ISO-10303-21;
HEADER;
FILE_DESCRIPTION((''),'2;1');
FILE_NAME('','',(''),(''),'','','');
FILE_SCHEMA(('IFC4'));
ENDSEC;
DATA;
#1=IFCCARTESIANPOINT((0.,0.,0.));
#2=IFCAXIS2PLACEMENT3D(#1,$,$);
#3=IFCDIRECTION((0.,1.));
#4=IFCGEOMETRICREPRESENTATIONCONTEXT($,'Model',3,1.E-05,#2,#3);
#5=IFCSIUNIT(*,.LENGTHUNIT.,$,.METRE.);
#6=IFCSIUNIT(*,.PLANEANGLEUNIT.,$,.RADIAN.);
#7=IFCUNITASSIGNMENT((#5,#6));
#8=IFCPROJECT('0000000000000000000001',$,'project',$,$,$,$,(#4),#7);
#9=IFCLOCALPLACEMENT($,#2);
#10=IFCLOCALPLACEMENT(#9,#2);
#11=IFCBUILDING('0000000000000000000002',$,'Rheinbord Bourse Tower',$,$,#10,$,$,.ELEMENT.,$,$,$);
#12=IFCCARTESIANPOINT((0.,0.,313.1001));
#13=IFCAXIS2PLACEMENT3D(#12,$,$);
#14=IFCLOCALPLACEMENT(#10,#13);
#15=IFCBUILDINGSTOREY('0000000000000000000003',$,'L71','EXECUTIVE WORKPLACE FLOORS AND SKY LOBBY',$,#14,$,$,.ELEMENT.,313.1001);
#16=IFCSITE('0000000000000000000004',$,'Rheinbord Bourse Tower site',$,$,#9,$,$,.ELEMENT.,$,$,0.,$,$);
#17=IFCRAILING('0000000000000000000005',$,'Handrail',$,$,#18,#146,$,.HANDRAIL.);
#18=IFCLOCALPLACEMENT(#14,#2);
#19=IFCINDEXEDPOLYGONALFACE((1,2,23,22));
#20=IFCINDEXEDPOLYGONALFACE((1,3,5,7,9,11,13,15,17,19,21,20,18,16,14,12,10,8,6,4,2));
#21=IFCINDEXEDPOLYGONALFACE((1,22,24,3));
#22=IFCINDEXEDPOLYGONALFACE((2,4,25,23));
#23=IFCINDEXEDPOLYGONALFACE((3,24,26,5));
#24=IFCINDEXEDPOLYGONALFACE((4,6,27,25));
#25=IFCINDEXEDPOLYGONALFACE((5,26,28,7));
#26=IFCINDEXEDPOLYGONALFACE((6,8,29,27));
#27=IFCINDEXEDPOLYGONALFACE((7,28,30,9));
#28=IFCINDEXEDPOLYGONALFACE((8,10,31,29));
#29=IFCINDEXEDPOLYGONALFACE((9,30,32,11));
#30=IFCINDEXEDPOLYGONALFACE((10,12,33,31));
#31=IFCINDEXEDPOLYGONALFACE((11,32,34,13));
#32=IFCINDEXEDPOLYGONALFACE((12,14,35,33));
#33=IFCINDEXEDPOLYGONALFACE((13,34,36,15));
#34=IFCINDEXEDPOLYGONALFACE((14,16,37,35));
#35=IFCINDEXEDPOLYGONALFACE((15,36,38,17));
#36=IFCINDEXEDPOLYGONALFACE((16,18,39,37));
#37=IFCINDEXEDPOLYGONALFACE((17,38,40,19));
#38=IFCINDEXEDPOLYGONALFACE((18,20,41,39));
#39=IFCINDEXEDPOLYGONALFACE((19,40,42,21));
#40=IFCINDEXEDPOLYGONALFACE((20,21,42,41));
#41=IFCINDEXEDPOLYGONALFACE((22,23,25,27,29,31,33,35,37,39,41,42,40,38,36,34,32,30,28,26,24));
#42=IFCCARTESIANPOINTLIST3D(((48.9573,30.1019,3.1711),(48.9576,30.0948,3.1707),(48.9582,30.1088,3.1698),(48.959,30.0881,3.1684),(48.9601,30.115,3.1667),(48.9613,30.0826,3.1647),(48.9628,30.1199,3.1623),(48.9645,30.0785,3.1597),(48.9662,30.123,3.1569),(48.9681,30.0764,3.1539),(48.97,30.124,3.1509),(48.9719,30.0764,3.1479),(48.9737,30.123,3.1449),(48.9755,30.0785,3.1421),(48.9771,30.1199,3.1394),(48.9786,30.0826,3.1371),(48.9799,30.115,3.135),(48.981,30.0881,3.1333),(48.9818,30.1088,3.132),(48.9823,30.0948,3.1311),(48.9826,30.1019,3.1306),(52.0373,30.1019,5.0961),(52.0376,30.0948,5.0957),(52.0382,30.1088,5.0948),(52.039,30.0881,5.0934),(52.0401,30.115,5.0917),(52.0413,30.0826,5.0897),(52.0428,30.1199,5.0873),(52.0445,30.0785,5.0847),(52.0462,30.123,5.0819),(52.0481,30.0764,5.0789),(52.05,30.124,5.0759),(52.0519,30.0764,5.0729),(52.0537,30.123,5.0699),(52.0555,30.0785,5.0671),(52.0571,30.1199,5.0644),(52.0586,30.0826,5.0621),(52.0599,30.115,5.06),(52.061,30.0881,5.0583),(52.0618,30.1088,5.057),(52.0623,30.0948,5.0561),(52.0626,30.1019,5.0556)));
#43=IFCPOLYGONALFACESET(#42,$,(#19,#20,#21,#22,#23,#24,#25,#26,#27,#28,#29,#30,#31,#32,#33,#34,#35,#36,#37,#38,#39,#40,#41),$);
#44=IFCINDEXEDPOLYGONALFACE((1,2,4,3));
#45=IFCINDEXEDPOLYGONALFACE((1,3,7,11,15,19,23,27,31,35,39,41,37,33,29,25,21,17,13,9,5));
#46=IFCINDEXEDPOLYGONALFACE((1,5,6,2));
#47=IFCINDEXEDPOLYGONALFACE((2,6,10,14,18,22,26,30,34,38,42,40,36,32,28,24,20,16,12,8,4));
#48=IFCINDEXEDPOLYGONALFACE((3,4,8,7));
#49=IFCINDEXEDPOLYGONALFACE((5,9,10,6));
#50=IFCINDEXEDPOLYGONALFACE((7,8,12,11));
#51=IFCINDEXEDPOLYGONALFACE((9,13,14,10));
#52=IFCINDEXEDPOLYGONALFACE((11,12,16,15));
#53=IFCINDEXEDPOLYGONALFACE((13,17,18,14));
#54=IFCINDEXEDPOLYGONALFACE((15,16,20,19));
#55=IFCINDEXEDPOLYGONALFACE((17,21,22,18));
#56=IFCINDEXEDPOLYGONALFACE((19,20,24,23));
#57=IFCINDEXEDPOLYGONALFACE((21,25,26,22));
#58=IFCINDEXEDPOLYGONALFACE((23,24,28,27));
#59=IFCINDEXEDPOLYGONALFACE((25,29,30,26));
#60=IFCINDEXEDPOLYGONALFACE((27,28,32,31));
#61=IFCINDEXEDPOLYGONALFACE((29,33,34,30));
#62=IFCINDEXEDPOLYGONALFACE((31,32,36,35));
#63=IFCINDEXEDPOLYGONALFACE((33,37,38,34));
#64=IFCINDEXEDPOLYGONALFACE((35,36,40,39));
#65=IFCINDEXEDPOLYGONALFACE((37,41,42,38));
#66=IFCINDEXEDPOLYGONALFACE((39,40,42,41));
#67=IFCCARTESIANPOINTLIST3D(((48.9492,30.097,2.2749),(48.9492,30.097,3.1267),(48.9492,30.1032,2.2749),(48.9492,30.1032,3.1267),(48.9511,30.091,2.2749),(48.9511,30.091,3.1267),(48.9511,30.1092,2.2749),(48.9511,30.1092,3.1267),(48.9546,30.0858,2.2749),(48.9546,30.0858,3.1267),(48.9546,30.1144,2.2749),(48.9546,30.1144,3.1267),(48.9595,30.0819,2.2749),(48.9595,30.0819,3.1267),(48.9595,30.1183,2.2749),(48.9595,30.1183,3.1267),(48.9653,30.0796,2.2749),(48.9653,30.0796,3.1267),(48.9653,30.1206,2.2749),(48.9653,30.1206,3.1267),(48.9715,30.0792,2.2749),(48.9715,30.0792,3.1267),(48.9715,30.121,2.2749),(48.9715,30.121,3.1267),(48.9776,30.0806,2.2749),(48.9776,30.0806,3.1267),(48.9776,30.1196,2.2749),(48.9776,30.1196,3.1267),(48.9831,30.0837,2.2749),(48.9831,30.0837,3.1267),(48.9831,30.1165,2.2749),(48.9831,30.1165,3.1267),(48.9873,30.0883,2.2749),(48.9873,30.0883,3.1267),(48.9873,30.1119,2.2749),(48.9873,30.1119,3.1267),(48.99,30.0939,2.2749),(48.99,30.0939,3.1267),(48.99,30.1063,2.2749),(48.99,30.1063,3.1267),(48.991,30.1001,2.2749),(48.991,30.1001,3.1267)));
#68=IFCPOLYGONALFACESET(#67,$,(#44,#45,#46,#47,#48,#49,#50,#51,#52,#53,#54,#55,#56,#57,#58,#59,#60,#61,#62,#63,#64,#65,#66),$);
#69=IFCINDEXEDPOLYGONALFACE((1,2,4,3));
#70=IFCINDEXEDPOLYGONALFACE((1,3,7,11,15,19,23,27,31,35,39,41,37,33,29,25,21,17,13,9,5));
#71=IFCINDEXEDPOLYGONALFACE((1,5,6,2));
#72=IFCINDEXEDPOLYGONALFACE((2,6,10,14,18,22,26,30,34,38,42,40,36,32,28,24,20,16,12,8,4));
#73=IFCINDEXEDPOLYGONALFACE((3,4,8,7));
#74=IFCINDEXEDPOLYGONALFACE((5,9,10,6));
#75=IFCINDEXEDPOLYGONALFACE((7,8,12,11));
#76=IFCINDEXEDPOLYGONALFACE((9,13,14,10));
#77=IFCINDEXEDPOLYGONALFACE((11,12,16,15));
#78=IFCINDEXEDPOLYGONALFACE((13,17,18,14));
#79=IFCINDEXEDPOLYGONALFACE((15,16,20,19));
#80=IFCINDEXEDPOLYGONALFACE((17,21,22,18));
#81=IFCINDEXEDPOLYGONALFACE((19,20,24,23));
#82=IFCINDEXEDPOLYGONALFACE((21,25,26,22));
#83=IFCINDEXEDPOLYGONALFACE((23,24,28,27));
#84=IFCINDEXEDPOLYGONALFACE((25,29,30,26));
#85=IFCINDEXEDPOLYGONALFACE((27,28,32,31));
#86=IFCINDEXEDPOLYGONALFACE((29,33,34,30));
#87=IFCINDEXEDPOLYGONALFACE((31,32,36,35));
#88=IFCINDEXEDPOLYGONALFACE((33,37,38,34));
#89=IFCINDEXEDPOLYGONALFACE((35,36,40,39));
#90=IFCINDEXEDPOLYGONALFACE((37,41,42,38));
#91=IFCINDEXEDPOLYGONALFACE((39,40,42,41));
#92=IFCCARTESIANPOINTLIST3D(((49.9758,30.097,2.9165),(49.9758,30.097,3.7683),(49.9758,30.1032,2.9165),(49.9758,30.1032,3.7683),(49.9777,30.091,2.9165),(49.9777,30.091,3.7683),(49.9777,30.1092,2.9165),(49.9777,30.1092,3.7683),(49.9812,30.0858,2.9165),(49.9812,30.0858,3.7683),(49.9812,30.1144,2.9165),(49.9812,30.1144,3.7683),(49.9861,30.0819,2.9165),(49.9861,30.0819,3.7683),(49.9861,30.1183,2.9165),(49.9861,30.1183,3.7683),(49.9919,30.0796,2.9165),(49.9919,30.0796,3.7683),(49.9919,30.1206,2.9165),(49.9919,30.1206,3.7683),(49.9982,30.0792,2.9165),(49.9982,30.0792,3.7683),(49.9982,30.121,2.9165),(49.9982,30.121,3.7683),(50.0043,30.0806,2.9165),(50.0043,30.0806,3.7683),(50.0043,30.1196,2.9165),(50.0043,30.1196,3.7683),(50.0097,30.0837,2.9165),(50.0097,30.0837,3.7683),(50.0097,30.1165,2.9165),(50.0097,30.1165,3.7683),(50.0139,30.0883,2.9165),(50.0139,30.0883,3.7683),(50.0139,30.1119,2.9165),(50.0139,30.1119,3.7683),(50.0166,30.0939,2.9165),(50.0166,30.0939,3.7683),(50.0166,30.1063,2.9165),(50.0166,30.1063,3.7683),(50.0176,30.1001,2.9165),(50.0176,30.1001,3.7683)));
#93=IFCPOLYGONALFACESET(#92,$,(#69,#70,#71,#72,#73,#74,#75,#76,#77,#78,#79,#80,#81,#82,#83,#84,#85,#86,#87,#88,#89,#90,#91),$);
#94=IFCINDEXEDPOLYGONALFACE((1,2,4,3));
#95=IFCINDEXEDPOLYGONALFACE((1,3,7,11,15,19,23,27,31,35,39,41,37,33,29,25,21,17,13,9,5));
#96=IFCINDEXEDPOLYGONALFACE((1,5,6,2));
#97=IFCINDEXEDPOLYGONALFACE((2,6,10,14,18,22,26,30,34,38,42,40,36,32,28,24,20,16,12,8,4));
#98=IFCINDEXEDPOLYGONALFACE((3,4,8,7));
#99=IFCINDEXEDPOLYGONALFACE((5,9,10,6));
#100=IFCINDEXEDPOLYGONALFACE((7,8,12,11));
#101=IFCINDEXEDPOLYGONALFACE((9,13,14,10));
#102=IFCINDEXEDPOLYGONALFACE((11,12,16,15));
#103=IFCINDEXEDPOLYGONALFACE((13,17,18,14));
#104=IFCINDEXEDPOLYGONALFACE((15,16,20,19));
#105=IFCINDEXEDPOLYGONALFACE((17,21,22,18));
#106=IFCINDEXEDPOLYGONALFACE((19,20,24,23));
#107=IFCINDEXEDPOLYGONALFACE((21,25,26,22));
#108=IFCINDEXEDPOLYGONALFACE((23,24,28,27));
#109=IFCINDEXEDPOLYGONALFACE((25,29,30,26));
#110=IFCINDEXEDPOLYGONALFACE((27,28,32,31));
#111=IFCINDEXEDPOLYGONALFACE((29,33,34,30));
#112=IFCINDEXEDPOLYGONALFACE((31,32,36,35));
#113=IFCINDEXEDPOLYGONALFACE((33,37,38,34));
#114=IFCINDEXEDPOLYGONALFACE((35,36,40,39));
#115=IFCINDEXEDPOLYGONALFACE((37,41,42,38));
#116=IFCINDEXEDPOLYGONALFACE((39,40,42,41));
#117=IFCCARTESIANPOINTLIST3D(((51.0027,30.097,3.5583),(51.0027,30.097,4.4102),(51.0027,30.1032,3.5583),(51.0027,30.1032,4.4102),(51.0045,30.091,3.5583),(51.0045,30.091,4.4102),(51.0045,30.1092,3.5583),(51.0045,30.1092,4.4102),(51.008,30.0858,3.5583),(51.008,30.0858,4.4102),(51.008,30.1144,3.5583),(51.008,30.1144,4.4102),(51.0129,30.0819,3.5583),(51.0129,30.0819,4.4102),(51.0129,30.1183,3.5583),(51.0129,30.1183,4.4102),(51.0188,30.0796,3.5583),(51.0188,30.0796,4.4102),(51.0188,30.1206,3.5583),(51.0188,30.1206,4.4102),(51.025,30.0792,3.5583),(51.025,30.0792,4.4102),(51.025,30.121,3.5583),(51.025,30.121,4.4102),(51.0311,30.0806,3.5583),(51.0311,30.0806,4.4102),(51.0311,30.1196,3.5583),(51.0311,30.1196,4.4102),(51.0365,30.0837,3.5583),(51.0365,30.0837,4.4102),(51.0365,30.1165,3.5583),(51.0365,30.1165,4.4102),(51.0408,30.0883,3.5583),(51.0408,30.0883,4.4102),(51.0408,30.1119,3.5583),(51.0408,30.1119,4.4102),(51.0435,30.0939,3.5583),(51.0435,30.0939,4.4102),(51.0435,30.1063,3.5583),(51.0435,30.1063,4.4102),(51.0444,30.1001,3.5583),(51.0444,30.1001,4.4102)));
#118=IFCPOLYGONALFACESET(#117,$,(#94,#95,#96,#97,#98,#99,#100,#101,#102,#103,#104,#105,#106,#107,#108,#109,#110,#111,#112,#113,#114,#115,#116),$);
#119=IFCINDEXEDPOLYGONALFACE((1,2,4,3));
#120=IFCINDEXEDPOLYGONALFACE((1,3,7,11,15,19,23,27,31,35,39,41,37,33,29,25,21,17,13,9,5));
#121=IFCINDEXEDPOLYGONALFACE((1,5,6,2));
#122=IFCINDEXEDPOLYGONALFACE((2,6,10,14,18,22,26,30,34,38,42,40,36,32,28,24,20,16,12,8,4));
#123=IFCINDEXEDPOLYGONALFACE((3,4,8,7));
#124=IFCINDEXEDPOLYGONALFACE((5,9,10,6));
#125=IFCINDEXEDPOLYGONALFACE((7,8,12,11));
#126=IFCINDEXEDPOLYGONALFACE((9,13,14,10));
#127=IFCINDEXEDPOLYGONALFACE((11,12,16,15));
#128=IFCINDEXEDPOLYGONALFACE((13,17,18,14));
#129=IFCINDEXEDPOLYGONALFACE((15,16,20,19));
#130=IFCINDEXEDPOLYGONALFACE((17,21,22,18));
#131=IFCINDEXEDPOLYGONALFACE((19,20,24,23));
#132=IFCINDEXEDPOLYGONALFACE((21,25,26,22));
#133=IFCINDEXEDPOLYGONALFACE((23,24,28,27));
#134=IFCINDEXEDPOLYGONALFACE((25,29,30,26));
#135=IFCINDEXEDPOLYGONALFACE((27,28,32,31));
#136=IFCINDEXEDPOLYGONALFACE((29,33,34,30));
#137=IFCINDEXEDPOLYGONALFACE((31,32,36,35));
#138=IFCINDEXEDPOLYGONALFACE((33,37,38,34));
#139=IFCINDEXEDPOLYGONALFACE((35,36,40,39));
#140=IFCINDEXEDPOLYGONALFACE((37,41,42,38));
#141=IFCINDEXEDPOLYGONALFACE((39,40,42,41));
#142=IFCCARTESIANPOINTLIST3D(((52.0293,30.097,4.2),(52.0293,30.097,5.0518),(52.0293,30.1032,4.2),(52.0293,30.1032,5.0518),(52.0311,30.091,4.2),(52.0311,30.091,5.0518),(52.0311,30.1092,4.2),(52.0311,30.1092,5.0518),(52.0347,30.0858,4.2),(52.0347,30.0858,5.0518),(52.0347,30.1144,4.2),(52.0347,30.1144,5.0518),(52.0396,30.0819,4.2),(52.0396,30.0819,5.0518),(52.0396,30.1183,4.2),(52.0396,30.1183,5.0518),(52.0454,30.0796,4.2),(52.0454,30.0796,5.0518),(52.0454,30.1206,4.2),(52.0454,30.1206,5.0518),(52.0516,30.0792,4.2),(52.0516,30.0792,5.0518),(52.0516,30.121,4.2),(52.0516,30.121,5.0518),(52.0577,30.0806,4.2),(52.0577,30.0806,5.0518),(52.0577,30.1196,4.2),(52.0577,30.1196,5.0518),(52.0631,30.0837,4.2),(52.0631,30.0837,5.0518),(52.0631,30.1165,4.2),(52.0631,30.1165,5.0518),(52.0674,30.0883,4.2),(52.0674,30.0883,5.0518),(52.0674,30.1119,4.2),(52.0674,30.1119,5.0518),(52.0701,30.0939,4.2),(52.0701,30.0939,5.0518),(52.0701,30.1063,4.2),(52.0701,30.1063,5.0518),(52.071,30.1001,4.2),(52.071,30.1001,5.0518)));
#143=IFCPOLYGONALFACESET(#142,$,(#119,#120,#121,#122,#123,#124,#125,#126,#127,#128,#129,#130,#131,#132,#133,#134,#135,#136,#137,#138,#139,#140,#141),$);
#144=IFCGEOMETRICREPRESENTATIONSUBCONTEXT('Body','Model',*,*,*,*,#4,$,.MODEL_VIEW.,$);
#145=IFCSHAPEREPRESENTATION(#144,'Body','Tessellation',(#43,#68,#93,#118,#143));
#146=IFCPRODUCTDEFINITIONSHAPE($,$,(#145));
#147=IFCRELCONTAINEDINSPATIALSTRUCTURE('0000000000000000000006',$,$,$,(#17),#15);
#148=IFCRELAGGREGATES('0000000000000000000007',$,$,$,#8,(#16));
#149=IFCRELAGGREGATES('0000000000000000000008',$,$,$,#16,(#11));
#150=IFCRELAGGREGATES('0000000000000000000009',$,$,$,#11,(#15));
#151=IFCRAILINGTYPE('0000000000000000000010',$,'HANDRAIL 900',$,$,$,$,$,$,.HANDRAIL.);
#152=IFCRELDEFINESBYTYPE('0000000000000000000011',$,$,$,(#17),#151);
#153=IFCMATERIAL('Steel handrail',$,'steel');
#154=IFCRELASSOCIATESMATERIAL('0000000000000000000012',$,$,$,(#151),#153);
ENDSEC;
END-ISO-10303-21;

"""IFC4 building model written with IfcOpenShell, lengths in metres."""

from ifc_helpers import new_model, si_unit, direction, frame, origin, origin_2d, place, context, subcontext, project, spatial, circle, extrude, material, type_object, element, save


model = new_model("IFC4")

# Units and contexts
model_context = context("Model", 3, precision=1e-05, world=origin(), true_north=direction((0.0, 1.0)))
body_context = subcontext(model_context, "Body", "Model", "MODEL_VIEW")
ifc_project = project(units=[si_unit("LENGTHUNIT", "METRE"), si_unit("PLANEANGLEUNIT", "RADIAN")], contexts=[model_context])

# Site, building, storey
site_placement = place(None, origin())
site = spatial("IfcSite", under=ifc_project, at=site_placement, Name="Rheinbord Bourse Tower site", CompositionType="ELEMENT", RefElevation=0.0)
building_placement = place(site_placement, origin())
building = spatial("IfcBuilding", under=site, at=building_placement, Name="Rheinbord Bourse Tower", CompositionType="ELEMENT")
storey_placement = place(building_placement, frame((0.0, 0.0, 313.1001)))
storey = spatial("IfcBuildingStorey", under=building, at=storey_placement, Name="L71", Description="EXECUTIVE WORKPLACE FLOORS AND SKY LOBBY", CompositionType="ELEMENT", Elevation=313.1001)

# Railing
ifc_material_1 = material(Name="Steel handrail", Category="steel")
railing_type = type_object("IfcRailingType", Name="HANDRAIL 900", PredefinedType="HANDRAIL", material=ifc_material_1)
railing_1_placement = place(storey_placement, frame((48.97, 30.1001, 2.2749)))
element("IfcRailing", 1, at=railing_1_placement, inside=storey, type_object=railing_type, Name="Handrail", PredefinedType="HANDRAIL", context=body_context, shape_type="SweptSolid", body=[
    extrude(circle(Radius=0.0239, at=origin_2d()), frame((0.0, 0.0, 0.876), z_axis=(0.847998, 0.0, 0.529999), x_axis=(0.0, 1.0, 0.0)), (0.0, 0.0, 1.0), 3.6321),
    extrude(circle(Radius=0.021, at=origin_2d()), origin(), (0.0, 0.0, 1.0), 0.8518),
    extrude(circle(Radius=0.021, at=origin_2d()), frame((1.0266, 0.0, 0.6416)), (0.0, 0.0, 1.0), 0.8518),
    extrude(circle(Radius=0.021, at=origin_2d()), frame((2.0535, 0.0, 1.2834)), (0.0, 0.0, 1.0), 0.8518),
    extrude(circle(Radius=0.021, at=origin_2d()), frame((3.0801, 0.0, 1.925)), (0.0, 0.0, 1.0), 0.8518),
])

save(model, "model.ifc")
